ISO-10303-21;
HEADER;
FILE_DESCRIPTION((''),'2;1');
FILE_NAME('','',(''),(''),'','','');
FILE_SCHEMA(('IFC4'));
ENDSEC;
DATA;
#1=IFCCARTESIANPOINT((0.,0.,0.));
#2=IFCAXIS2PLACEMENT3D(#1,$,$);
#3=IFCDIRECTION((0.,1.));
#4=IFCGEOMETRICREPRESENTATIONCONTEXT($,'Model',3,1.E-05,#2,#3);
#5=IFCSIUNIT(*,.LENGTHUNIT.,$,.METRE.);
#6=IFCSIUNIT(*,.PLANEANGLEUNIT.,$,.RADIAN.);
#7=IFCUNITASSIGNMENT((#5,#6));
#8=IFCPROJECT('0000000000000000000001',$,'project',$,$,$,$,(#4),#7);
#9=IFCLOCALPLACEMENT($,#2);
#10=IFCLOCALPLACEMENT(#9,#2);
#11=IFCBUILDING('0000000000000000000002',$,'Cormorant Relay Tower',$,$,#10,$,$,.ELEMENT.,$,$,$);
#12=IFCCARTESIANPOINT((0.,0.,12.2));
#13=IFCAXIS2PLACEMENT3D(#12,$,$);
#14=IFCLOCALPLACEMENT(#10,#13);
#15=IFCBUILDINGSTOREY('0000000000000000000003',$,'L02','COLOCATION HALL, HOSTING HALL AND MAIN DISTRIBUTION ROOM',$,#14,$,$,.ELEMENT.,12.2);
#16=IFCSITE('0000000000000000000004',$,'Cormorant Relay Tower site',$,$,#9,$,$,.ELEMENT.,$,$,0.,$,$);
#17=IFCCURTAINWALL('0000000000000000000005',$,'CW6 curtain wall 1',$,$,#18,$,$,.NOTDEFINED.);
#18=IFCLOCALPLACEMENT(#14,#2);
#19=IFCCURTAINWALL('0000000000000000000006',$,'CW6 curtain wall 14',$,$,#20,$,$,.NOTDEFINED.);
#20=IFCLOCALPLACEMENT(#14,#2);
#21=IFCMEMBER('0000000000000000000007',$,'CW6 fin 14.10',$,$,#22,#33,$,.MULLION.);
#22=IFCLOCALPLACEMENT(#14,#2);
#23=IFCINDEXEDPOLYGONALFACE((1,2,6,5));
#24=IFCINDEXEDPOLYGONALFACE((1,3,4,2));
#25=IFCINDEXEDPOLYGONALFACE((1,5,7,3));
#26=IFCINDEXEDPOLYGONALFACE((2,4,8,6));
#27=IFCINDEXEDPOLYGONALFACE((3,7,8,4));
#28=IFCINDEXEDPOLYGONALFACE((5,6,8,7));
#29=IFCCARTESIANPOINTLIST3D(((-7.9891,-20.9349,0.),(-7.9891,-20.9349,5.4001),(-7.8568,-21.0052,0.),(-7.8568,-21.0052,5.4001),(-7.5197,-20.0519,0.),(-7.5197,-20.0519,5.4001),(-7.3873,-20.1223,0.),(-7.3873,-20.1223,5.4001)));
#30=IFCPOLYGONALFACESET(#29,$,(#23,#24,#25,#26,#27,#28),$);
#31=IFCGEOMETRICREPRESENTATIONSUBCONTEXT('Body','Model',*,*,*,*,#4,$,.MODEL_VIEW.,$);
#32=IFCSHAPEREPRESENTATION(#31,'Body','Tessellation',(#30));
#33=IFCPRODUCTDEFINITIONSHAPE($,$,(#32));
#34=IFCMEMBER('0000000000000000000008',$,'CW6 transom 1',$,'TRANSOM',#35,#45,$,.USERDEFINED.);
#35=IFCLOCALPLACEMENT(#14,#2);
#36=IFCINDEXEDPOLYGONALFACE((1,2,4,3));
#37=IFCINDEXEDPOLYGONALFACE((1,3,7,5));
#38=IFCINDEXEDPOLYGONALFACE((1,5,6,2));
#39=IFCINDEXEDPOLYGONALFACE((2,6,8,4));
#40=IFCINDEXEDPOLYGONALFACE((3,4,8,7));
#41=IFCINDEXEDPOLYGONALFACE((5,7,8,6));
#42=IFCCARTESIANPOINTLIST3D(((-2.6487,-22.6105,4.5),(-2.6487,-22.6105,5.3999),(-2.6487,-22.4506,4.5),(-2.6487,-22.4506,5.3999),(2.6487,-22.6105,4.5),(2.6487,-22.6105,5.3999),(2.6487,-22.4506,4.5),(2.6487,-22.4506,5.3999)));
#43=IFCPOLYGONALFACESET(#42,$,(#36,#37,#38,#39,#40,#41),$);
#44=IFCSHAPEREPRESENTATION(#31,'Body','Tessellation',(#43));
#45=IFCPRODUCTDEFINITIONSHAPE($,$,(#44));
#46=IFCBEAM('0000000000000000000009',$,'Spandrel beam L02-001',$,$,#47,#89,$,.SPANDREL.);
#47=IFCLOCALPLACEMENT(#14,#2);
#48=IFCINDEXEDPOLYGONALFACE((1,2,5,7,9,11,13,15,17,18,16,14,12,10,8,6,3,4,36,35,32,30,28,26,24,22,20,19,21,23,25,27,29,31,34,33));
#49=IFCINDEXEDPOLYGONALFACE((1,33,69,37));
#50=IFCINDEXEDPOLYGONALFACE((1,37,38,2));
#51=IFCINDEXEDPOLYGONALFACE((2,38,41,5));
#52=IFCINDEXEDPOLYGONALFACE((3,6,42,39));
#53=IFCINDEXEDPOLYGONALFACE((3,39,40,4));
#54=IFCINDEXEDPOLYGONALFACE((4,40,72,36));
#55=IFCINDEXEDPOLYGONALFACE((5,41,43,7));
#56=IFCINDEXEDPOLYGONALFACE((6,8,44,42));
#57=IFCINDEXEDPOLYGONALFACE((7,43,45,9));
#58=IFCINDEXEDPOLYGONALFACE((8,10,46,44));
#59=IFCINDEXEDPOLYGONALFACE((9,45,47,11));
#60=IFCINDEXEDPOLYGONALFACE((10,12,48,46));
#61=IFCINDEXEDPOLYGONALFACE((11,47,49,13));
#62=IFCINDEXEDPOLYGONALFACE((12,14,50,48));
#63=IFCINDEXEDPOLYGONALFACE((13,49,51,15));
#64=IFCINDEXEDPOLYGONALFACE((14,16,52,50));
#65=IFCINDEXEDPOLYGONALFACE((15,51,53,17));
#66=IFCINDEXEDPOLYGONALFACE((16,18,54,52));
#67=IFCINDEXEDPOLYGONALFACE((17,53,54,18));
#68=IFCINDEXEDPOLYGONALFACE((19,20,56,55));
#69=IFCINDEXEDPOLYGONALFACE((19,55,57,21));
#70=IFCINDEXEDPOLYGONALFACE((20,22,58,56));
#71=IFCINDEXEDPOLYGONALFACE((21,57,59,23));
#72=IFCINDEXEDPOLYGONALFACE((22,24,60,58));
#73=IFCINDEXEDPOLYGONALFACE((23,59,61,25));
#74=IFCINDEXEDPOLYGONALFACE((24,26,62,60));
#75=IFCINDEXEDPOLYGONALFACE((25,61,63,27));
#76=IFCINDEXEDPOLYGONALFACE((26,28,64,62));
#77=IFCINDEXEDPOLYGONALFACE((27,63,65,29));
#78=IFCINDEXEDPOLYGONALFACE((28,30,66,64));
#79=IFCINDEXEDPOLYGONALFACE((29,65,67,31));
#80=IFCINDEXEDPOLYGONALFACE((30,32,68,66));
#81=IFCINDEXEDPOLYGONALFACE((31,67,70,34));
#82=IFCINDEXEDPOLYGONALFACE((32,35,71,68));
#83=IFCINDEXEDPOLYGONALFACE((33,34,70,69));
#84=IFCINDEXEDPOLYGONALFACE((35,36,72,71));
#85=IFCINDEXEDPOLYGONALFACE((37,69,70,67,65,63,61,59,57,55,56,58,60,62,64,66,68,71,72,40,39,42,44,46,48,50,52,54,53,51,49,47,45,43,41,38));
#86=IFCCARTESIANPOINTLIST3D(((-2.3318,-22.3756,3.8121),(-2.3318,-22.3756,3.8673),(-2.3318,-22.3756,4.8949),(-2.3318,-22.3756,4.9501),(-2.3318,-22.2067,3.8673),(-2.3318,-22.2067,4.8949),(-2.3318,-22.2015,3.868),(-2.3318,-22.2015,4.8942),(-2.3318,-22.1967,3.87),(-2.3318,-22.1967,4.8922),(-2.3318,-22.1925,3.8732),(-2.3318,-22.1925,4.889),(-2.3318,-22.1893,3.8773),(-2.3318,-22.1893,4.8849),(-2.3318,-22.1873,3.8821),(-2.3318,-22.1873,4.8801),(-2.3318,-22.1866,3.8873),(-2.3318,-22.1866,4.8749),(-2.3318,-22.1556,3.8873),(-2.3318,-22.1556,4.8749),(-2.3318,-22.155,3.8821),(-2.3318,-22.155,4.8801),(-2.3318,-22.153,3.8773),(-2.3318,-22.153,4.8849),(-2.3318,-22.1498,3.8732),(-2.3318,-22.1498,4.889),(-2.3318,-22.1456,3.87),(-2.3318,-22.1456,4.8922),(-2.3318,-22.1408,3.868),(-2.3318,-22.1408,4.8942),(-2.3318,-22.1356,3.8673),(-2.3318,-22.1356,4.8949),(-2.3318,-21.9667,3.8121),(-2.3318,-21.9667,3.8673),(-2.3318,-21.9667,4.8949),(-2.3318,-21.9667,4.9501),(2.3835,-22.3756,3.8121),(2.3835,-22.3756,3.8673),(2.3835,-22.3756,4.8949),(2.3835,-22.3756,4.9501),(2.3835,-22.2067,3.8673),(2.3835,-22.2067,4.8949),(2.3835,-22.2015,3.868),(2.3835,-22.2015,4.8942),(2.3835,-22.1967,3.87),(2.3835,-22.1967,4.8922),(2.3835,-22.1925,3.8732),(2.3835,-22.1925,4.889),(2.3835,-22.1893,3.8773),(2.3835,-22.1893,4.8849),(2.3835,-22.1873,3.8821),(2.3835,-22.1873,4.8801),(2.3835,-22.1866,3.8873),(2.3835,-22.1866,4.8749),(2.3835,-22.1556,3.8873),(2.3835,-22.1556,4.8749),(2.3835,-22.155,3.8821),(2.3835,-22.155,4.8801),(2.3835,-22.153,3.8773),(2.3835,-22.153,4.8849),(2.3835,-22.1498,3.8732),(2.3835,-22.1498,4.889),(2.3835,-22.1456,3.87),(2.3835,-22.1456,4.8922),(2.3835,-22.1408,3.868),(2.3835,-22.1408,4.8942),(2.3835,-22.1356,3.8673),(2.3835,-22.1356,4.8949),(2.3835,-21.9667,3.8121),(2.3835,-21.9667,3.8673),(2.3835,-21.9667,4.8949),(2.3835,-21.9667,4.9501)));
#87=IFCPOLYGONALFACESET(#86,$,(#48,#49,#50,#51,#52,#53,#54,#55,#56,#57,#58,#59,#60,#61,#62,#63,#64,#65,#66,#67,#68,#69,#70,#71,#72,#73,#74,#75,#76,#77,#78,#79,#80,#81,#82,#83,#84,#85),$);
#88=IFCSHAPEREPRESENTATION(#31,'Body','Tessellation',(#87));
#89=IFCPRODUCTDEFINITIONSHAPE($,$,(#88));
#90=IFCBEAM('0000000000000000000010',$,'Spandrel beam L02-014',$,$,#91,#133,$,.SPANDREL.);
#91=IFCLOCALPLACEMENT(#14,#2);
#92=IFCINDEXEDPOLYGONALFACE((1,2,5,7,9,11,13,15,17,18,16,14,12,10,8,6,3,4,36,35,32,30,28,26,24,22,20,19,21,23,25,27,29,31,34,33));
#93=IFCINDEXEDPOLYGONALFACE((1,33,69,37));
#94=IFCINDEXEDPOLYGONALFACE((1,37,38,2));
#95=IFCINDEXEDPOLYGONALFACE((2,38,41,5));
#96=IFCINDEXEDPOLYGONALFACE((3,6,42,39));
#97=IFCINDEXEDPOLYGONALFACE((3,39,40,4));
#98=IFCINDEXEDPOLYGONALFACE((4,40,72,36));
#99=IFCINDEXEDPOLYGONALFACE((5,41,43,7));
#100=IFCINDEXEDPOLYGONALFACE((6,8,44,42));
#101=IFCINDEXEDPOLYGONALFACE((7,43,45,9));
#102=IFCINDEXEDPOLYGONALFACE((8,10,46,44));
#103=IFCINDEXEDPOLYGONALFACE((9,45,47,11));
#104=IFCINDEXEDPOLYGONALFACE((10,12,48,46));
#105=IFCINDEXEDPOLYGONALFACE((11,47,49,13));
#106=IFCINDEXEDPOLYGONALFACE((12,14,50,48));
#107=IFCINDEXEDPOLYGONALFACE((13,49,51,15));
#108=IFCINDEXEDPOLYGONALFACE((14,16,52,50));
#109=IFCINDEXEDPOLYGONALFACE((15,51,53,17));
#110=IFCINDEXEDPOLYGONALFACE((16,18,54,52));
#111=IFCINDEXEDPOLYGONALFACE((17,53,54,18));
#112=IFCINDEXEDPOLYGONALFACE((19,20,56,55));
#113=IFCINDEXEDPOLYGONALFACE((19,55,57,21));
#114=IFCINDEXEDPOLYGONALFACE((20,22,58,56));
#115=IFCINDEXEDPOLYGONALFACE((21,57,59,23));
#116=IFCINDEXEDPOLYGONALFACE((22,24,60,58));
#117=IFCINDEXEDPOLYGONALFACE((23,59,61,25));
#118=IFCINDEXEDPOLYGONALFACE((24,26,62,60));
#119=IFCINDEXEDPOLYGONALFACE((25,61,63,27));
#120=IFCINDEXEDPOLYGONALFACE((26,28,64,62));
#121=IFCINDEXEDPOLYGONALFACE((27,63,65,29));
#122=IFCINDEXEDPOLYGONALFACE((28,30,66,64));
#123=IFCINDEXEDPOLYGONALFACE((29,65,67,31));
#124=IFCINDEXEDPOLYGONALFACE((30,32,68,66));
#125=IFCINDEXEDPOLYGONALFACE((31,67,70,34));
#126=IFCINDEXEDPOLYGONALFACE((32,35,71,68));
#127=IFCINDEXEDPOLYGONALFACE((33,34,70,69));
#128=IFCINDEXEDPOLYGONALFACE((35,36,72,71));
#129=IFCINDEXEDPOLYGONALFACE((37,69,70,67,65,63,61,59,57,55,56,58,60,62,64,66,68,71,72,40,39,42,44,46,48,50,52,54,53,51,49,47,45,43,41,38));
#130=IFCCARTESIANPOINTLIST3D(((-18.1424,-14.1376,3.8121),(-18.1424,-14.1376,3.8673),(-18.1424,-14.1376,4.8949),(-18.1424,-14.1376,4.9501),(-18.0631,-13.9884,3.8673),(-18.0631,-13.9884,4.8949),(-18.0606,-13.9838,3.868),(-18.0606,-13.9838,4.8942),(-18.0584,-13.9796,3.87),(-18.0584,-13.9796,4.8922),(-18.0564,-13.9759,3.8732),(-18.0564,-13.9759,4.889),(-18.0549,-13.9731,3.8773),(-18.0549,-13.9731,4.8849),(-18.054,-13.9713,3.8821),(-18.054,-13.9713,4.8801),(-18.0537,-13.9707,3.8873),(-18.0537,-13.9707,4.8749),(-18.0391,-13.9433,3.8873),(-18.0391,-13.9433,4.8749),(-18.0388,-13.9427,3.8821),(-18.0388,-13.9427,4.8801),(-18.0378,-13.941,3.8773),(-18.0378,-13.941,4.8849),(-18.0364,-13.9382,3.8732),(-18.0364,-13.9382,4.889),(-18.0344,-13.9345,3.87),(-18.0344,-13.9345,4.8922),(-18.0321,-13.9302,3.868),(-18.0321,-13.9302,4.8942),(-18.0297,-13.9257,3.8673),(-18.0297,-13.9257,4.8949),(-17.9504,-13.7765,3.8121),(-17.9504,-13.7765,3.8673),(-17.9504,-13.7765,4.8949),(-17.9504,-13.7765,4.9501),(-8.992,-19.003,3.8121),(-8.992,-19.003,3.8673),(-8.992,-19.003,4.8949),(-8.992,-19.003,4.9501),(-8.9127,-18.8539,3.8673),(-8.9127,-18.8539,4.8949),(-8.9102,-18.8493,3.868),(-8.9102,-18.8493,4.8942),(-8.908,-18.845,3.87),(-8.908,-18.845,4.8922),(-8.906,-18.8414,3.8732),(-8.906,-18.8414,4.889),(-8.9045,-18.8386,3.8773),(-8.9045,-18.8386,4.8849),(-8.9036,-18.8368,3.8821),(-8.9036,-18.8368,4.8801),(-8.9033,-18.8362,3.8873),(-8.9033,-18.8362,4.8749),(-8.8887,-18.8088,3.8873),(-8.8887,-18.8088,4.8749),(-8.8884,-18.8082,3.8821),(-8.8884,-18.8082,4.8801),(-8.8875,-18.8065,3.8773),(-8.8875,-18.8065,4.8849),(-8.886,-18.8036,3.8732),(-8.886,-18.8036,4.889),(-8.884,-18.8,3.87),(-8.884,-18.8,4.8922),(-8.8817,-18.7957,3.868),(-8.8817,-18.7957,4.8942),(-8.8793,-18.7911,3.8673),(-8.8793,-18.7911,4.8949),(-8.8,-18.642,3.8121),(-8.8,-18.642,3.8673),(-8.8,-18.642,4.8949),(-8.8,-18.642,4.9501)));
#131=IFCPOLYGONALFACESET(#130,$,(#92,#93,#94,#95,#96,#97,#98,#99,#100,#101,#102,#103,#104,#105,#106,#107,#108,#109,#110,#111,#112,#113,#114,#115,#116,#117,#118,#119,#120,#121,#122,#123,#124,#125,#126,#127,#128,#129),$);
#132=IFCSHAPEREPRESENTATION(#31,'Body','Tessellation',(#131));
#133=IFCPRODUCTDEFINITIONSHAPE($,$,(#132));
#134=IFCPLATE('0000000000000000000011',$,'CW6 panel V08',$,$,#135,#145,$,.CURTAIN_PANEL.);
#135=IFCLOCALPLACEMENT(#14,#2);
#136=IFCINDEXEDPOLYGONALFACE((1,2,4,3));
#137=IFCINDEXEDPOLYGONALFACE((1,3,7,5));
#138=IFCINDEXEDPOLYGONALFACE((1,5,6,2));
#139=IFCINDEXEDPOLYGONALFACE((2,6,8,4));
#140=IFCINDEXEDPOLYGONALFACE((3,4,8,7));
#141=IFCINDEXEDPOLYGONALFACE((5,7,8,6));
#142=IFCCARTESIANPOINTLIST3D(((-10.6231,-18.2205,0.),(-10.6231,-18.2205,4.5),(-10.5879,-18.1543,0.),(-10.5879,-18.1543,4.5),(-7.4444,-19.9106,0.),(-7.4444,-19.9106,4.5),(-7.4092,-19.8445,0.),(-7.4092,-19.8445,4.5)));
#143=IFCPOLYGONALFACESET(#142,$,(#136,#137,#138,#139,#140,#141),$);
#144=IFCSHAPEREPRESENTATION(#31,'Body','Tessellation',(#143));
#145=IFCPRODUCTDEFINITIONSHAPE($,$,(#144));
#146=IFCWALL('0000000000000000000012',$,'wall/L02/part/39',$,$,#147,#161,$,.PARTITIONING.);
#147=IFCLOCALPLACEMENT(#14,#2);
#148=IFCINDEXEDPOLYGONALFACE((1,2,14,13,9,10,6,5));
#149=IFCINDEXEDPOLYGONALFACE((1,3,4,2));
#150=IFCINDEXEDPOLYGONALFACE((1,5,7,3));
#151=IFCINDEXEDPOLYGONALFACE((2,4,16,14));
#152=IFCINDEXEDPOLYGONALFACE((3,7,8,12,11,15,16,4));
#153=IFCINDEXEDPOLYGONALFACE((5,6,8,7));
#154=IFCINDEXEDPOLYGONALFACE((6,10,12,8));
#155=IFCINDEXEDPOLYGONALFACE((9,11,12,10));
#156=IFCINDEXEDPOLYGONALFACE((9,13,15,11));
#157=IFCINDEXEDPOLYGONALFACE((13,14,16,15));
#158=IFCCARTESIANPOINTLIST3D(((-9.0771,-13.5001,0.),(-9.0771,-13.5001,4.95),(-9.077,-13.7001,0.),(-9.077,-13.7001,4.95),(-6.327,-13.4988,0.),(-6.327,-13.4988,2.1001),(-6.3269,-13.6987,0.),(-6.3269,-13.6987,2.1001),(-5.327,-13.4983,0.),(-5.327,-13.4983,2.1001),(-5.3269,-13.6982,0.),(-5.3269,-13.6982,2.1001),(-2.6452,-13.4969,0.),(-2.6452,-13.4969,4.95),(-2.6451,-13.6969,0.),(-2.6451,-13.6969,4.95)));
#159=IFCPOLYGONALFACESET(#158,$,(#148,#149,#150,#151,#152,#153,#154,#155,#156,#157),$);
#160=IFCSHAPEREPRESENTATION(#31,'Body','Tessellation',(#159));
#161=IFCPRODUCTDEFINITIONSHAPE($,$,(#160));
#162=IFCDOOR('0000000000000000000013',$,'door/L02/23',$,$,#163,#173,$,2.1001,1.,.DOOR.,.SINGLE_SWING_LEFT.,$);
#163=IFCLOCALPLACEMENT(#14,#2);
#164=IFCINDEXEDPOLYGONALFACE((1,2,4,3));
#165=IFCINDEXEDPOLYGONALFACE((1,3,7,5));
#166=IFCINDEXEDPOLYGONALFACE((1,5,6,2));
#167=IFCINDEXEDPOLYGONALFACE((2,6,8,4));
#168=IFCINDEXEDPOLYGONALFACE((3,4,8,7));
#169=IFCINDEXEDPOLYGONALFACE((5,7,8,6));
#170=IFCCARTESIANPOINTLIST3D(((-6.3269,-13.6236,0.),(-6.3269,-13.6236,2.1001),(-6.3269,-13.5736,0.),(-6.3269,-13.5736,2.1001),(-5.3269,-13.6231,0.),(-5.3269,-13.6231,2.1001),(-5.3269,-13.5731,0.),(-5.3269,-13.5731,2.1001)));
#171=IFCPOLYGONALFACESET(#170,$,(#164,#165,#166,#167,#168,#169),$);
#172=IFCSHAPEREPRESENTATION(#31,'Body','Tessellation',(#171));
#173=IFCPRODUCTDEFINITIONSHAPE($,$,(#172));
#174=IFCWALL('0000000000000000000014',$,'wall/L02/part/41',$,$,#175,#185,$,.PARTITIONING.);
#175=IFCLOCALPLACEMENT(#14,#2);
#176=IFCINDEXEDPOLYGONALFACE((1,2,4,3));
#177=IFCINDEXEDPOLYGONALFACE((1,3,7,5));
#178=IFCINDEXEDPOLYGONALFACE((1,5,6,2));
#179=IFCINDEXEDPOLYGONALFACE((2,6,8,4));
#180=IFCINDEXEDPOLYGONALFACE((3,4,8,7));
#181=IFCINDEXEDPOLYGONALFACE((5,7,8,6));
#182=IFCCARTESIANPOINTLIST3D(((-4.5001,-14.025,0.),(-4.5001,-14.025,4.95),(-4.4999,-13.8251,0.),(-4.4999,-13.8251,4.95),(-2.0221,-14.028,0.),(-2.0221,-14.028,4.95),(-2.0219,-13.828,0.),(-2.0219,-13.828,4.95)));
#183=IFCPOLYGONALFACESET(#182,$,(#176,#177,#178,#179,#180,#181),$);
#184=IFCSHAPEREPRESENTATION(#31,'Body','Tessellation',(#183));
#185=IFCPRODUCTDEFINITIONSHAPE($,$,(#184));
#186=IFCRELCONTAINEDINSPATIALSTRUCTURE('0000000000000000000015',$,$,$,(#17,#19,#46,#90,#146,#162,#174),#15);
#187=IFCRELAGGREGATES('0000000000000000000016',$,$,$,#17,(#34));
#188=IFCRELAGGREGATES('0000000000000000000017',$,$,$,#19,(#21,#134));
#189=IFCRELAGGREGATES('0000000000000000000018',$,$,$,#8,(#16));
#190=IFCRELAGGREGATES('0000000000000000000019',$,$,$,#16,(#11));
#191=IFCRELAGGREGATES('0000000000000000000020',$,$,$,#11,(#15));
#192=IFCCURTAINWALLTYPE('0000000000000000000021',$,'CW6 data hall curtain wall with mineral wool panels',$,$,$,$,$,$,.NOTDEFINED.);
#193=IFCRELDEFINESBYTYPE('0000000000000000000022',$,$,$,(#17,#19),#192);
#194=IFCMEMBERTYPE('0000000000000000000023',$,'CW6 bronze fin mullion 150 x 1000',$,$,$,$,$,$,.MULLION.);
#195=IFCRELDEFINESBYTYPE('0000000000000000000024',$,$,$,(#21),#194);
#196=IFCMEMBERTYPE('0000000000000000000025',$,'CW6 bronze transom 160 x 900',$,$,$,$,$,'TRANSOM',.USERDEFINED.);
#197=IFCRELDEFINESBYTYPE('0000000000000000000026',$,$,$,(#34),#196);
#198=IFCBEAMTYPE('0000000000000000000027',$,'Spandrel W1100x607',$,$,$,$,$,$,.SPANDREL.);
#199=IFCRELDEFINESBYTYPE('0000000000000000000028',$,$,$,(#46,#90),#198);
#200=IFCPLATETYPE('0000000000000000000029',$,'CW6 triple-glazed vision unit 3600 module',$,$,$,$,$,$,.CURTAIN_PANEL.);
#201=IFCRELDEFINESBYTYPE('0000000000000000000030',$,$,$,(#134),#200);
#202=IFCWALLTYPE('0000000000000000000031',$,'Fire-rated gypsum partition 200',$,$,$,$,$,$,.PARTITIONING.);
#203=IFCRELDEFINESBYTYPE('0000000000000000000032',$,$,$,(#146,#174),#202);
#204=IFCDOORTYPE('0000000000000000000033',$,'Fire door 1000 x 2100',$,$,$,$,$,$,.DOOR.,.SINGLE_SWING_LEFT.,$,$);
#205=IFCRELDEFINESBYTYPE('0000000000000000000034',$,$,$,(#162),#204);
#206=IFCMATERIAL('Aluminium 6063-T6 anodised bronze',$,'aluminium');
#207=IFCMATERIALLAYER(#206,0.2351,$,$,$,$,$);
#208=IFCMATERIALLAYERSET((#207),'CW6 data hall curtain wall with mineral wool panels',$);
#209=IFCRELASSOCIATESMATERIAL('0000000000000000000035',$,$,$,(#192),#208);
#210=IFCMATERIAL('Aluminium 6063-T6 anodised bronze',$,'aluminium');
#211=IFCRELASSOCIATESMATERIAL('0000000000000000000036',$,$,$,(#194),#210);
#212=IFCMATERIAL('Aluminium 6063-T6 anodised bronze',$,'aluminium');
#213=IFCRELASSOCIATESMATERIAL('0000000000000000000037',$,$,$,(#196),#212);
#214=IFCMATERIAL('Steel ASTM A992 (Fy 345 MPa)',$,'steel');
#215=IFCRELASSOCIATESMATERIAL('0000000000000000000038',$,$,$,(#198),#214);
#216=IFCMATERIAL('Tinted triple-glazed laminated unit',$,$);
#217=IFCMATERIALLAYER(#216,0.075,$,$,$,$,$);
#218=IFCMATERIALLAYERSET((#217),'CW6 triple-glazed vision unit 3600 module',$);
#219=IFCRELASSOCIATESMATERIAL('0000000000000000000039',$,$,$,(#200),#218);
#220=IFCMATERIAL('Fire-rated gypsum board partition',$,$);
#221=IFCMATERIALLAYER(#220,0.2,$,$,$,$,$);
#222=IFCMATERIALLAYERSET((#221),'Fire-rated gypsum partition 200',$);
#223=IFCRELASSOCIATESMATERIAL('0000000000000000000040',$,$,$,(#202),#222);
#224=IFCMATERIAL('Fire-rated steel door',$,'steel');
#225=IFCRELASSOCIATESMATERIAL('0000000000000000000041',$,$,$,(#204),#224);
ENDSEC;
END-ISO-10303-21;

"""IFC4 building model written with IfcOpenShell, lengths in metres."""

from ifc_helpers import new_model, si_unit, direction, frame, frame_2d, origin, origin_2d, place, context, subcontext, project, spatial, rectangle, i_section, extrude, material, layer, layer_set, material_profile, profile_set, type_object, element, fill, aggregate, save


model = new_model("IFC4")

# Units and contexts
model_context = context("Model", 3, precision=1e-05, world=origin(), true_north=direction((0.0, 1.0)))
body_context = subcontext(model_context, "Body", "Model", "MODEL_VIEW")
ifc_project = project(units=[si_unit("LENGTHUNIT", "METRE"), si_unit("PLANEANGLEUNIT", "RADIAN")], contexts=[model_context])

# Site, building, storey
site_placement = place(None, origin())
site = spatial("IfcSite", under=ifc_project, at=site_placement, Name="Cormorant Relay Tower site", CompositionType="ELEMENT", RefElevation=0.0)
building_placement = place(site_placement, origin())
building = spatial("IfcBuilding", under=site, at=building_placement, Name="Cormorant Relay Tower", CompositionType="ELEMENT")
storey_placement = place(building_placement, frame((0.0, 0.0, 12.2)))
storey = spatial("IfcBuildingStorey", under=building, at=storey_placement, Name="L02", Description="COLOCATION HALL, HOSTING HALL AND MAIN DISTRIBUTION ROOM", CompositionType="ELEMENT", Elevation=12.2)

# Curtain wall
ifc_material_1 = material(Name="Aluminium 6063-T6 anodised bronze", Category="aluminium")
ifc_layer_1 = layer(ifc_material_1, 0.2351)
ifc_layer_set_1 = layer_set([ifc_layer_1], Name="CW6 data hall curtain wall with mineral wool panels")
curtain_wall_type = type_object("IfcCurtainWallType", Name="CW6 data hall curtain wall with mineral wool panels", PredefinedType="NOTDEFINED", material=ifc_layer_set_1)
curtain_wall_1_placement = place(storey_placement, origin())
curtain_wall_1 = element("IfcCurtainWall", 1, at=curtain_wall_1_placement, inside=storey, type_object=curtain_wall_type, Name="CW6 curtain wall 1", PredefinedType="NOTDEFINED")
ifc_material_2 = material(Name="Aluminium 6063-T6 anodised bronze", Category="aluminium")
ifc_material_profile_1 = material_profile(ifc_material_2, rectangle(XDim=0.1499, YDim=1.0, at=origin_2d()), Name="AL 150x1000")
ifc_profile_set_1 = profile_set([ifc_material_profile_1], Name="Aluminium 6063-T6 anodised bronze")
member_type_1 = type_object("IfcMemberType", Name="CW6 bronze fin mullion 150 x 1000", PredefinedType="MULLION", material=ifc_profile_set_1)

# Curtain wall, member
curtain_wall_2_placement = place(storey_placement, origin())
curtain_wall_2 = element("IfcCurtainWall", 2, at=curtain_wall_2_placement, inside=storey, type_object=curtain_wall_type, Name="CW6 curtain wall 14", PredefinedType="NOTDEFINED")
member_1_placement = place(storey_placement, frame((-7.6882, -20.5286, 0.0), z_axis=(0.0, 0.0, 1.0), x_axis=(0.882948, -0.469472, 0.0)))
member_1 = element("IfcMember", 3, at=member_1_placement, type_object=member_type_1, Name="CW6 fin 14.10", PredefinedType="MULLION", context=body_context, shape_type="SweptSolid", body=[
    extrude(rectangle(XDim=0.1499, YDim=1.0, at=origin_2d()), origin(), (0.0, 0.0, 1.0), 5.4001),
])

# Member
ifc_material_3 = material(Name="Aluminium 6063-T6 anodised bronze", Category="aluminium")
ifc_material_profile_2 = material_profile(ifc_material_3, rectangle(XDim=0.1599, YDim=0.8999, at=origin_2d()), Name="AL 160x900")
ifc_profile_set_2 = profile_set([ifc_material_profile_2], Name="Aluminium 6063-T6 anodised bronze")
member_type_2 = type_object("IfcMemberType", Name="CW6 bronze transom 160 x 900", ElementType="TRANSOM", PredefinedType="USERDEFINED", material=ifc_profile_set_2)
member_2_placement = place(storey_placement, frame((-2.6487, -22.5305, 4.95), z_axis=(1.0, 0.0, 0.0), x_axis=(0.0, 1.0, 0.0)))
member_2 = element("IfcMember", 4, at=member_2_placement, type_object=member_type_2, Name="CW6 transom 1", ObjectType="TRANSOM", PredefinedType="USERDEFINED", context=body_context, shape_type="SweptSolid", body=[
    extrude(rectangle(XDim=0.1599, YDim=0.8999, at=origin_2d()), origin(), (0.0, 0.0, 1.0), 5.2974),
])
aggregate(curtain_wall_1, [member_2])

# Beams
ifc_material_4 = material(Name="Steel ASTM A992 (Fy 345 MPa)", Category="steel")
ifc_material_profile_3 = material_profile(ifc_material_4, i_section(OverallWidth=0.4089, OverallDepth=1.1379, WebThickness=0.031, FlangeThickness=0.0552, FilletRadius=0.02, at=origin_2d()), Name="W1100x607")
ifc_profile_set_3 = profile_set([ifc_material_profile_3], Name="Steel ASTM A992 (Fy 345 MPa)")
beam_type = type_object("IfcBeamType", Name="Spandrel W1100x607", PredefinedType="SPANDREL", material=ifc_profile_set_3)
beam_1_placement = place(storey_placement, frame((-2.3318, -22.1711, 4.3811), z_axis=(1.0, 0.0, 0.0), x_axis=(0.0, 1.0, 0.0)))
element("IfcBeam", 5, at=beam_1_placement, inside=storey, type_object=beam_type, Name="Spandrel beam L02-001", PredefinedType="SPANDREL", context=body_context, shape_type="SweptSolid", body=[
    extrude(i_section(OverallWidth=0.4089, OverallDepth=1.1379, WebThickness=0.031, FlangeThickness=0.0552, FilletRadius=0.02, at=origin_2d()), origin(), (0.0, 0.0, 1.0), 4.7153),
])
beam_2_placement = place(storey_placement, frame((-18.0464, -13.957, 4.3811), z_axis=(0.882942, -0.469481, 0.0), x_axis=(0.469481, 0.882942, 0.0)))
element("IfcBeam", 6, at=beam_2_placement, inside=storey, type_object=beam_type, Name="Spandrel beam L02-014", PredefinedType="SPANDREL", context=body_context, shape_type="SweptSolid", body=[
    extrude(i_section(OverallWidth=0.4089, OverallDepth=1.1379, WebThickness=0.031, FlangeThickness=0.0552, FilletRadius=0.02, at=origin_2d()), origin(), (0.0, 0.0, 1.0), 10.3635),
])

# Plate
ifc_material_5 = material(Name="Tinted triple-glazed laminated unit")
ifc_layer_2 = layer(ifc_material_5, 0.075)
ifc_layer_set_2 = layer_set([ifc_layer_2], Name="CW6 triple-glazed vision unit 3600 module")
plate_type = type_object("IfcPlateType", Name="CW6 triple-glazed vision unit 3600 module", PredefinedType="CURTAIN_PANEL", material=ifc_layer_set_2)
plate_placement = place(storey_placement, frame((-9.0161, -19.0325, 0.0), z_axis=(0.0, 0.0, 1.0), x_axis=(0.882948, -0.469472, 0.0)))
plate = element("IfcPlate", 7, at=plate_placement, type_object=plate_type, Name="CW6 panel V08", PredefinedType="CURTAIN_PANEL", context=body_context, shape_type="SweptSolid", body=[
    extrude(rectangle(XDim=3.6001, YDim=0.075, at=origin_2d()), origin(), (0.0, 0.0, 1.0), 4.5),
])

# Wall, opening, door
ifc_material_6 = material(Name="Fire-rated gypsum board partition")
ifc_layer_3 = layer(ifc_material_6, 0.2)
ifc_layer_set_3 = layer_set([ifc_layer_3], Name="Fire-rated gypsum partition 200")
wall_type_1 = type_object("IfcWallType", Name="Fire-rated gypsum partition 200", PredefinedType="PARTITIONING", material=ifc_layer_set_3)
wall_1_placement = place(storey_placement, frame((-9.0769, -13.6001, 0.0), z_axis=(0.0, 0.0, 1.0), x_axis=(1.0, 0.000493, 0.0)))
wall_1 = element("IfcWall", 8, at=wall_1_placement, inside=storey, type_object=wall_type_1, Name="wall/L02/part/39", PredefinedType="PARTITIONING", context=body_context, shape_type="SweptSolid", body=[
    extrude(rectangle(XDim=6.4319, YDim=0.2, at=frame_2d((3.2158, 0.0))), origin(), (0.0, 0.0, 1.0), 4.95),
])
opening_1_placement = place(wall_1_placement, frame((2.75, 0.0, 0.0)))
opening_1 = element("IfcOpeningElement", 9, at=opening_1_placement, cuts=wall_1, PredefinedType="OPENING", context=body_context, shape_type="SweptSolid", body=[
    extrude(rectangle(XDim=1.0, YDim=2.1001, at=frame_2d((0.5, 1.05))), frame((0.0, 0.1099, 0.0), z_axis=(0.0, -1.0, 0.0), x_axis=(1.0, 0.0, 0.0)), (0.0, 0.0, 1.0), 0.22),
])
ifc_material_7 = material(Name="Fire-rated steel door", Category="steel")
door_type_1 = type_object("IfcDoorType", Name="Fire door 1000 x 2100", OperationType="SINGLE_SWING_LEFT", PredefinedType="DOOR", material=ifc_material_7)
door_1_placement = place(opening_1_placement, frame((1.0, 0.0, 0.0), z_axis=(0.0, 0.0, 1.0), x_axis=(-1.0, 0.0, 0.0)))
door_1 = element("IfcDoor", 10, at=door_1_placement, inside=storey, type_object=door_type_1, Name="door/L02/23", OperationType="SINGLE_SWING_LEFT", OverallHeight=2.1001, OverallWidth=1.0, PredefinedType="DOOR", context=body_context, shape_type="SweptSolid", body=[
    extrude(rectangle(XDim=1.0, YDim=2.1001, at=frame_2d((0.5, 1.05))), frame((0.0, 0.0249, 0.0), z_axis=(0.0, -1.0, 0.0), x_axis=(1.0, 0.0, 0.0)), (0.0, 0.0, 1.0), 0.05),
])
fill(opening_1, door_1)

# Wall
wall_2_placement = place(storey_placement, frame((-2.022, -13.928, 0.0), z_axis=(0.0, 0.0, 1.0), x_axis=(-0.999999, 0.001182, 0.0)))
element("IfcWall", 11, at=wall_2_placement, inside=storey, type_object=wall_type_1, Name="wall/L02/part/41", PredefinedType="PARTITIONING", context=body_context, shape_type="SweptSolid", body=[
    extrude(rectangle(XDim=2.478, YDim=0.2, at=frame_2d((1.239, 0.0))), origin(), (0.0, 0.0, 1.0), 4.95),
])

aggregate(curtain_wall_2, [member_1, plate])

save(model, "model.ifc")
